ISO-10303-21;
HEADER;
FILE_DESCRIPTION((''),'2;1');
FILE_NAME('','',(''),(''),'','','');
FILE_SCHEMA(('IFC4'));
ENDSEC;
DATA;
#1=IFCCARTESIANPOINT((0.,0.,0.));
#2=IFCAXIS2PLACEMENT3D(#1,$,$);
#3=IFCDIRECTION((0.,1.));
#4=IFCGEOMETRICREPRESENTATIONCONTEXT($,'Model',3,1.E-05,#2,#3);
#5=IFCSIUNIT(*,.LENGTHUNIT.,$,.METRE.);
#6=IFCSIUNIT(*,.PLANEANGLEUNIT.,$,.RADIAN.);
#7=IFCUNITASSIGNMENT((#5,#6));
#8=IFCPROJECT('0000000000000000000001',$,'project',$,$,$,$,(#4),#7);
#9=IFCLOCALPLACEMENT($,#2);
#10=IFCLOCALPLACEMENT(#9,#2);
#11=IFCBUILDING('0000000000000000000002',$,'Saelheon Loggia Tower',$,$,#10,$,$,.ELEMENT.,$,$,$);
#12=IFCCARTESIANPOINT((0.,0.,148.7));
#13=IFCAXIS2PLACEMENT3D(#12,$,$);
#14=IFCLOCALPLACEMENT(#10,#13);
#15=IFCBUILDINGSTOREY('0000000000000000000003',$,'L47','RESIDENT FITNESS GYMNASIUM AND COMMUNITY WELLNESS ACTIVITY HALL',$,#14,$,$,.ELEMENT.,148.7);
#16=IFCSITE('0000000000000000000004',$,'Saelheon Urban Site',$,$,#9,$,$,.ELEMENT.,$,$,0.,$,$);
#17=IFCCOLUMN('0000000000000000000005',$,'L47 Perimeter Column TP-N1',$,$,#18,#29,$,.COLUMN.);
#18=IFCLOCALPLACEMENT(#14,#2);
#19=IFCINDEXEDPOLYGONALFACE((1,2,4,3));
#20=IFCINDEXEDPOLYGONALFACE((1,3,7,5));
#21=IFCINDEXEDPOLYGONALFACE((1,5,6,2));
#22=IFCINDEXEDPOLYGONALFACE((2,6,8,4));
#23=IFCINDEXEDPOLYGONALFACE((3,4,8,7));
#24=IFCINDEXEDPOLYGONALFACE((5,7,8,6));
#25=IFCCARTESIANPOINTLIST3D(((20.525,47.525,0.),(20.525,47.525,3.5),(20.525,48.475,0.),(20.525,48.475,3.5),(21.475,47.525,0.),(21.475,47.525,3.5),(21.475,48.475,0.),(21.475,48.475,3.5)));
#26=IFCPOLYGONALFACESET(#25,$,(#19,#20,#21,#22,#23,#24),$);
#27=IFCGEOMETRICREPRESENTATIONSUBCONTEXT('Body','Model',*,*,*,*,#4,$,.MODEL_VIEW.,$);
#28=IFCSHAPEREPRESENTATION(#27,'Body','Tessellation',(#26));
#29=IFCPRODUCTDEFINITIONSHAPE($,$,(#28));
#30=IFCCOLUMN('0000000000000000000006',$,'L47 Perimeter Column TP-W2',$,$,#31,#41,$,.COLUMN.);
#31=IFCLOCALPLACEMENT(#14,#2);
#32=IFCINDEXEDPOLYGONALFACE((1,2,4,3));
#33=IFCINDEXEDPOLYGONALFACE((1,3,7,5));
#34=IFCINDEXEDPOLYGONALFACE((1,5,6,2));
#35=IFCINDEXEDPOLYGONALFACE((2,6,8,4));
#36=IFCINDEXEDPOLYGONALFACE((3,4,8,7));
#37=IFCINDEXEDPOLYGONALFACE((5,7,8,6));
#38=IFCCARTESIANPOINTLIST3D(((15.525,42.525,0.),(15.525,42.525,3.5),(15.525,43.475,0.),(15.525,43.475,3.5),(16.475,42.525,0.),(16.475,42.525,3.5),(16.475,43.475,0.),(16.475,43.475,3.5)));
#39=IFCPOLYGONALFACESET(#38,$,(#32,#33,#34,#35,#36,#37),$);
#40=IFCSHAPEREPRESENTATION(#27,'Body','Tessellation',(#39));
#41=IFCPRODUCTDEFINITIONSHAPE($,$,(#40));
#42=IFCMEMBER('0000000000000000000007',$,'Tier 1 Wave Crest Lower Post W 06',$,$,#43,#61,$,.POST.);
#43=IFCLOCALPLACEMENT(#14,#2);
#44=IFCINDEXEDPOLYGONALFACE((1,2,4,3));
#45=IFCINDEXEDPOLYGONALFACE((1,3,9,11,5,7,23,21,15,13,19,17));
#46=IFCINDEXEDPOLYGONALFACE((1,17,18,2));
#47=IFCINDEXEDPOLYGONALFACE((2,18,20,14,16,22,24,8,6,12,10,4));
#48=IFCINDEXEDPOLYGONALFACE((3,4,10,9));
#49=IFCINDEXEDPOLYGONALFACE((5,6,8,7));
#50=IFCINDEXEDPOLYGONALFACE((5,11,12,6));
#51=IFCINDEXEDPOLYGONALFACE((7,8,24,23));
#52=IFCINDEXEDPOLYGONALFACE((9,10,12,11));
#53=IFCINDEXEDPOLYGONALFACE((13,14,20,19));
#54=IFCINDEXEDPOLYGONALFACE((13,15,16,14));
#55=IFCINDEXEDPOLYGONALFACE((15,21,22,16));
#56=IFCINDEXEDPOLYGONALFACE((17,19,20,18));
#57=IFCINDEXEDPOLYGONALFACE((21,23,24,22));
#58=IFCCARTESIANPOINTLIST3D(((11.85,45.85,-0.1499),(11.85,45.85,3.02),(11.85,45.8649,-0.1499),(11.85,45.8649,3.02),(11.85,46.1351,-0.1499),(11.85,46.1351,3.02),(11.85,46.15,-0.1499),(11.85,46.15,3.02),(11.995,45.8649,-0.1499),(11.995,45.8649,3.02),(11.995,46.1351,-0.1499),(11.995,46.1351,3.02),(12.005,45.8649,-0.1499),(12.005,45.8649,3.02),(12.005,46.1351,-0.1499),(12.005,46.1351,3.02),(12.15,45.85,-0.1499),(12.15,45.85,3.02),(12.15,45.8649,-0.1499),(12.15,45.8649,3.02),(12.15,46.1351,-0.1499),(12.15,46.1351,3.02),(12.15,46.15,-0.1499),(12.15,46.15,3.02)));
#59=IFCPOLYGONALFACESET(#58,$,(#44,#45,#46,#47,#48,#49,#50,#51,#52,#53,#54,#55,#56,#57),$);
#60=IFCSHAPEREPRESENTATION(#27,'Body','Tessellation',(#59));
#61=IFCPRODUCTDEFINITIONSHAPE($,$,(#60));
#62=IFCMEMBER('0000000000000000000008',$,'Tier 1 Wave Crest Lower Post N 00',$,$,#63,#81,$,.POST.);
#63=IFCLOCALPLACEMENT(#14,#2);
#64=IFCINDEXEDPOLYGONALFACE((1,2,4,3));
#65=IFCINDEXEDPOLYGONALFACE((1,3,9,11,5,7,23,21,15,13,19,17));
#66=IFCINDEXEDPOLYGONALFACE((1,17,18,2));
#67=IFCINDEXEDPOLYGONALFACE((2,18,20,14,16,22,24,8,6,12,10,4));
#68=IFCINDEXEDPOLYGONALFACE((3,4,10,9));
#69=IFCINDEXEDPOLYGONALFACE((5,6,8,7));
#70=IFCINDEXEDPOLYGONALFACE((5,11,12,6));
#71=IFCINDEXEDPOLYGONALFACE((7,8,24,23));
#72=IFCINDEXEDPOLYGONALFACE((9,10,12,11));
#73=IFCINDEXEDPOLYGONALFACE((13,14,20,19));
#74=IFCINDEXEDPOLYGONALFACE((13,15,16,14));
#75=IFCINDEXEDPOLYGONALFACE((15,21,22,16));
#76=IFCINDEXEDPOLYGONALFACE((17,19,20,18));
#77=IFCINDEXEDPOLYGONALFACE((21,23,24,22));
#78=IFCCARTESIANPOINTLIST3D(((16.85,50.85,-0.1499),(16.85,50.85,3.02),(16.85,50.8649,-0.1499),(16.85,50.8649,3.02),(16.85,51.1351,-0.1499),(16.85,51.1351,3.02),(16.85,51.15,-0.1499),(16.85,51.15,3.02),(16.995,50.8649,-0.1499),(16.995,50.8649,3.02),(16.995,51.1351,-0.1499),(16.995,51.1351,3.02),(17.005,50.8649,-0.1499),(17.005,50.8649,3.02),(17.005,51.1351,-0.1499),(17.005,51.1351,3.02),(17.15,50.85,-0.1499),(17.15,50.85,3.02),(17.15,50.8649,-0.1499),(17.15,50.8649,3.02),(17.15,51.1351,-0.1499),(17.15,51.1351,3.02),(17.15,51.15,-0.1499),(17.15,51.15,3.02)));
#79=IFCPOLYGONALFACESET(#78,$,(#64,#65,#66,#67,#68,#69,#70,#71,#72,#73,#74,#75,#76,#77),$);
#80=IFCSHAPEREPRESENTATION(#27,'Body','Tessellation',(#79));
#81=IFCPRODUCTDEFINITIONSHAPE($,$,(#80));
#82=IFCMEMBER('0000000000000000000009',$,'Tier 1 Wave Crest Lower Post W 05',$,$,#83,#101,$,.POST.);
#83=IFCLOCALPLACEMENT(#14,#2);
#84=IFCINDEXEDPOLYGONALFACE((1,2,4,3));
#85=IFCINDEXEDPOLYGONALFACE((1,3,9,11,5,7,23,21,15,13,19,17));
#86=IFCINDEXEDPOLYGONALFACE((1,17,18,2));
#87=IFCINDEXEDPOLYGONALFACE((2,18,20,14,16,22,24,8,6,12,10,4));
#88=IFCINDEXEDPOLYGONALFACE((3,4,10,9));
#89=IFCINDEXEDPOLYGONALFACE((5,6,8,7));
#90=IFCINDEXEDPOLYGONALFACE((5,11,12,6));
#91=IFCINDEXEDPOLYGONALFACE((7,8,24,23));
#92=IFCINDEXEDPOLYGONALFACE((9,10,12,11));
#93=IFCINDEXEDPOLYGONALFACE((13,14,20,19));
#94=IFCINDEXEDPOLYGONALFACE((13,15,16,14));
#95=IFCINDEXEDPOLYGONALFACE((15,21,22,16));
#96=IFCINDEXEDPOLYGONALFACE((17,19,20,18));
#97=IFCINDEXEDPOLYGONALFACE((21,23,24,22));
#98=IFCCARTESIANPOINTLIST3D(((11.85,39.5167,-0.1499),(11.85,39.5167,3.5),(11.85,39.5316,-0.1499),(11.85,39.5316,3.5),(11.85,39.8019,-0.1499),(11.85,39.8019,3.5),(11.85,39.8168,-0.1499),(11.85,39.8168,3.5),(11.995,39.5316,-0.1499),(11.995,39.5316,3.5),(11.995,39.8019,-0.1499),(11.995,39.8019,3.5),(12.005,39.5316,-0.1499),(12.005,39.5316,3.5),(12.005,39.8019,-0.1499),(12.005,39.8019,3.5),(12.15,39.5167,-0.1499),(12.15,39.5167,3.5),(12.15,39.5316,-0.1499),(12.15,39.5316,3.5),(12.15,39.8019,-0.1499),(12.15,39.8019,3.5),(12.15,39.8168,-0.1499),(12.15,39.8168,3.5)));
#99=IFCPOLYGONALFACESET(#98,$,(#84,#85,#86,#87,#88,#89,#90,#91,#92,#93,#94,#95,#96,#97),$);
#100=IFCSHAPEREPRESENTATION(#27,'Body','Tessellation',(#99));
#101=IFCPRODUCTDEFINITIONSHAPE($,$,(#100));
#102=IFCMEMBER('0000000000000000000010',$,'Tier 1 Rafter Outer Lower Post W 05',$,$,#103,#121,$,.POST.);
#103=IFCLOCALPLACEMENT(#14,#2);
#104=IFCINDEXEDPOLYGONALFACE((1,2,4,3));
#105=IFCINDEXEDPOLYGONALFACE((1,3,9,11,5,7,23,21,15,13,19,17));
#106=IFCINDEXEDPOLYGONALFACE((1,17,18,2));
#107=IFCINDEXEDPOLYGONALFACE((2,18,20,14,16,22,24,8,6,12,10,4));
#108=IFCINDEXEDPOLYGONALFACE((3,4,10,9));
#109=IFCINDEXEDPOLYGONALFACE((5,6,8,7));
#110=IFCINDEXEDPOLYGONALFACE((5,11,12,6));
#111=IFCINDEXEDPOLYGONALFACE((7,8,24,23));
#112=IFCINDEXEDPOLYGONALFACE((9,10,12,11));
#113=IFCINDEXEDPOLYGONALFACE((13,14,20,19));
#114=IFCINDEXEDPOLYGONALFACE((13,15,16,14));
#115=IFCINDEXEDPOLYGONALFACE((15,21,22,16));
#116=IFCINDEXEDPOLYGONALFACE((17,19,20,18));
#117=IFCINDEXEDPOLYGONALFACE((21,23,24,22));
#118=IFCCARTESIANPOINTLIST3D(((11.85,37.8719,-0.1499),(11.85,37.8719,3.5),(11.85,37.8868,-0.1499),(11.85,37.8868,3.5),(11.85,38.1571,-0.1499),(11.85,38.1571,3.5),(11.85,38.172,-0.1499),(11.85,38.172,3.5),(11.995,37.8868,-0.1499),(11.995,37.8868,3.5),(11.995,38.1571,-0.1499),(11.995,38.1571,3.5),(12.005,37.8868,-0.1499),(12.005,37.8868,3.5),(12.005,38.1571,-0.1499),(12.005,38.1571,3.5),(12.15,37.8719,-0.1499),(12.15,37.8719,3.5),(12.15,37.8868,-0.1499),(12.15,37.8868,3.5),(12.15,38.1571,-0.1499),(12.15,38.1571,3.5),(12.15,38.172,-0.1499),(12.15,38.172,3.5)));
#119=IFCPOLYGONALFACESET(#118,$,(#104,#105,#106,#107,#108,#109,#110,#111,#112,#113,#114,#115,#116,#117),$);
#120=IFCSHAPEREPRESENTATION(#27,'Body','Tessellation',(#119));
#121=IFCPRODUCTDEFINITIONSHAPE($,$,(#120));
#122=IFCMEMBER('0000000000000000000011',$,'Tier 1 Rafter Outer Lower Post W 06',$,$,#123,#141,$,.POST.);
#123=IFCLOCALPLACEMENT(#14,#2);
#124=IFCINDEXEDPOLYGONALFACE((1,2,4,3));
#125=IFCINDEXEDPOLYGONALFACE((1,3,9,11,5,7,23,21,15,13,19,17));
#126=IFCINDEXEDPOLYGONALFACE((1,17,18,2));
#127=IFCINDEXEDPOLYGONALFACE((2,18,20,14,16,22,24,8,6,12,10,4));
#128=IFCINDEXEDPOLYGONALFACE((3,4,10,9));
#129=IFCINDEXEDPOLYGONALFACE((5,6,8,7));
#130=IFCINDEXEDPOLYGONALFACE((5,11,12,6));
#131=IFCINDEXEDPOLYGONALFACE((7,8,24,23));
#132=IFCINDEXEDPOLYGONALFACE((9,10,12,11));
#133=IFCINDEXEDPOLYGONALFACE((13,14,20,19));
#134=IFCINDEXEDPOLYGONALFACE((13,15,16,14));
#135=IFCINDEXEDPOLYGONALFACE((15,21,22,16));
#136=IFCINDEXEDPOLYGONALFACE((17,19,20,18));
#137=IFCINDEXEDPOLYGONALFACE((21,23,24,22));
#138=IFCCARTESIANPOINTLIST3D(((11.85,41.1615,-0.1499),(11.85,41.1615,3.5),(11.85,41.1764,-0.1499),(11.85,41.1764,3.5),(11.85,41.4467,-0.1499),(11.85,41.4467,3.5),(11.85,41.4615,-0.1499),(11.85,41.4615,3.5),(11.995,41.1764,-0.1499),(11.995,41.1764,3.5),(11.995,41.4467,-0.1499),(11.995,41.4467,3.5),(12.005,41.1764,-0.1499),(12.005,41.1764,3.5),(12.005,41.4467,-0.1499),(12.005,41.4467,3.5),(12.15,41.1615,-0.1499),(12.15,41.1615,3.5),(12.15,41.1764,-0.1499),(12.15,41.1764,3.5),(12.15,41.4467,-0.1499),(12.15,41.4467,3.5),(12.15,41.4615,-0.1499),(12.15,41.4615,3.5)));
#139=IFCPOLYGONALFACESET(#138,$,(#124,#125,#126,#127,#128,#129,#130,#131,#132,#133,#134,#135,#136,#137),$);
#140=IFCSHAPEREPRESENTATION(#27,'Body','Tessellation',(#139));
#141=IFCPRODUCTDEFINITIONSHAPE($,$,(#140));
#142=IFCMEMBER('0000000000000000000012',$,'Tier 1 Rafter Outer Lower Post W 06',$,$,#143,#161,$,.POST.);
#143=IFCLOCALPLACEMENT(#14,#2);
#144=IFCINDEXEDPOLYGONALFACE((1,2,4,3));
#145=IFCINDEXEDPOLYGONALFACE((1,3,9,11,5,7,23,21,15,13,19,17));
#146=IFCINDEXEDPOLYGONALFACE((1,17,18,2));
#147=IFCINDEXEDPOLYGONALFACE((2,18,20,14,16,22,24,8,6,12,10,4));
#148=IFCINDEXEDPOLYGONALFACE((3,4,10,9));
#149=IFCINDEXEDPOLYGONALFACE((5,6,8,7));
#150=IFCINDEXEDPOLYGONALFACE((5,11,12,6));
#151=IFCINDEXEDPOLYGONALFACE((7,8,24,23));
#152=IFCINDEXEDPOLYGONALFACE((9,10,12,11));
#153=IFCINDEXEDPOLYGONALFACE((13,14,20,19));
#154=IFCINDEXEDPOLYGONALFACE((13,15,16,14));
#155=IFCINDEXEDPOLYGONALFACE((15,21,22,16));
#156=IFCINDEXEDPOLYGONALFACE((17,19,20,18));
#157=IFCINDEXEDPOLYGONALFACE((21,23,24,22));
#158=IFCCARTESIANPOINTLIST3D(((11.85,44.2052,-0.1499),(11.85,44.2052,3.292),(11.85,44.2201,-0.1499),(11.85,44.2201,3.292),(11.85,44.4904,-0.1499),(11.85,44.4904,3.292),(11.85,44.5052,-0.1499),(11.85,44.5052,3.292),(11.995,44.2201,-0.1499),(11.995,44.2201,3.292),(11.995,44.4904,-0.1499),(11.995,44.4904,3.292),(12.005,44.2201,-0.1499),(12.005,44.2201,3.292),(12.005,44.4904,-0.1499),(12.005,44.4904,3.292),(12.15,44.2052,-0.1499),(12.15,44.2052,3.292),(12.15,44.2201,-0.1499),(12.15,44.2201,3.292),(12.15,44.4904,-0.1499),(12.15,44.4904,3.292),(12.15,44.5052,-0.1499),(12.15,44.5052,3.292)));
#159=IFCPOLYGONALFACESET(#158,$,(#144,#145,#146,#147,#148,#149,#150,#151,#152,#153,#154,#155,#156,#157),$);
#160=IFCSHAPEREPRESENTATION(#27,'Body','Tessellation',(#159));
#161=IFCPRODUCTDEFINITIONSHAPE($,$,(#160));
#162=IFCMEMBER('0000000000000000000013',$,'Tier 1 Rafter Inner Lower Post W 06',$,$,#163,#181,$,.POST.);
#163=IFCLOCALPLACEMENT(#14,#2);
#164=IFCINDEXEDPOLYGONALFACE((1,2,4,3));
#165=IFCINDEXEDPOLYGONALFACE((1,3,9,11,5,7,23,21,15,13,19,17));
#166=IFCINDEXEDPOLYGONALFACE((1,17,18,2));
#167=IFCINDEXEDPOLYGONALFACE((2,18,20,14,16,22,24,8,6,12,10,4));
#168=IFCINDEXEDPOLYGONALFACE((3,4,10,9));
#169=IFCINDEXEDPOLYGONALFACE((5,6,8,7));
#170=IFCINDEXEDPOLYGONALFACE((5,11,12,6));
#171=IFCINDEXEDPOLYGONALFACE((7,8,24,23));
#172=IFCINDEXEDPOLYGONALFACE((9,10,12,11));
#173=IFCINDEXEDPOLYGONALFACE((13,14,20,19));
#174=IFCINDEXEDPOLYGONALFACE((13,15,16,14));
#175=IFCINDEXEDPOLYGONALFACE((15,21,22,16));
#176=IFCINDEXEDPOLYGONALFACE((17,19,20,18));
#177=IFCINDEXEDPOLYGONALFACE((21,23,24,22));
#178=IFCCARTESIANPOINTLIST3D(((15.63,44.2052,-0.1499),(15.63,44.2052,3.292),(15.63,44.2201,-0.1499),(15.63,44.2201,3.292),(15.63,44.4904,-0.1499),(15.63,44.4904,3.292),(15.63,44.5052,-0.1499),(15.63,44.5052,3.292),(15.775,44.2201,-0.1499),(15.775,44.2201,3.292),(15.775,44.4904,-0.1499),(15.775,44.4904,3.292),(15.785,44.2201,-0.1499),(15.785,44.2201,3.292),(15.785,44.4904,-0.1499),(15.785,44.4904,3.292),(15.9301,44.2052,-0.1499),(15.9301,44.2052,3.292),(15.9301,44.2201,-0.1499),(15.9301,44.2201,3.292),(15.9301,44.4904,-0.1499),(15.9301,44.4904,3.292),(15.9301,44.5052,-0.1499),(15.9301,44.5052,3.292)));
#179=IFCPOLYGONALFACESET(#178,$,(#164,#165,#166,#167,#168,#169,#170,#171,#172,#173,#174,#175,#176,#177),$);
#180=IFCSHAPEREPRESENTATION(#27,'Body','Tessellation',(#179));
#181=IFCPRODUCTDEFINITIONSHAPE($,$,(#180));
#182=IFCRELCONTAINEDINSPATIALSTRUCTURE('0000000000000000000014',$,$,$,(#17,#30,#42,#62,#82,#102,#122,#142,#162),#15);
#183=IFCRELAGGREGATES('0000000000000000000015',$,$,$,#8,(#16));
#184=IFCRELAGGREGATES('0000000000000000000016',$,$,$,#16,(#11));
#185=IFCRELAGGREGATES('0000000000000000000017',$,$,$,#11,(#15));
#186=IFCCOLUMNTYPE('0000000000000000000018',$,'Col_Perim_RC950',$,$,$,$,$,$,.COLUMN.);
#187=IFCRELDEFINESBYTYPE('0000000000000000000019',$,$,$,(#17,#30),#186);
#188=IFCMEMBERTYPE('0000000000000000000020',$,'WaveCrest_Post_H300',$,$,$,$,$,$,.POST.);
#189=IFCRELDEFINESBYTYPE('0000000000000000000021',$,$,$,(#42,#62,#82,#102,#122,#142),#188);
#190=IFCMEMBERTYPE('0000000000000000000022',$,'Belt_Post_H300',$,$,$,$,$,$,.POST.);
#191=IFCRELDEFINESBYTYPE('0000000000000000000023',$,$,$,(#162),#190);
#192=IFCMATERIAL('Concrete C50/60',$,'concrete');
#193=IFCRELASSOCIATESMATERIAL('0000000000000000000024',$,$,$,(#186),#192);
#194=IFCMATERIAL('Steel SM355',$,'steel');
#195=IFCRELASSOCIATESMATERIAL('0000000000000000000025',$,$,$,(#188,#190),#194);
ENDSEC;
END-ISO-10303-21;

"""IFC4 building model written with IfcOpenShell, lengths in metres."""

from ifc_helpers import new_model, si_unit, direction, frame, origin, origin_2d, place, context, subcontext, project, spatial, rectangle, i_section, extrude, source, transform, mapped, material, material_profile, profile_set, type_object, element, save


model = new_model("IFC4")

# Units and contexts
model_context = context("Model", 3, precision=1e-05, world=origin(), true_north=direction((0.0, 1.0)))
body_context = subcontext(model_context, "Body", "Model", "MODEL_VIEW")
ifc_project = project(units=[si_unit("LENGTHUNIT", "METRE"), si_unit("PLANEANGLEUNIT", "RADIAN")], contexts=[model_context])

# Site, building, storey
site_placement = place(None, origin())
site = spatial("IfcSite", under=ifc_project, at=site_placement, Name="Saelheon Urban Site", CompositionType="ELEMENT", RefElevation=0.0)
building_placement = place(site_placement, origin())
building = spatial("IfcBuilding", under=site, at=building_placement, Name="Saelheon Loggia Tower", CompositionType="ELEMENT")
storey_placement = place(building_placement, frame((0.0, 0.0, 148.7)))
storey = spatial("IfcBuildingStorey", under=building, at=storey_placement, Name="L47", Description="RESIDENT FITNESS GYMNASIUM AND COMMUNITY WELLNESS ACTIVITY HALL", CompositionType="ELEMENT", Elevation=148.7)

# Columns
ifc_material_1 = material(Name="Concrete C50/60", Category="concrete")
ifc_material_profile_1 = material_profile(ifc_material_1, rectangle(XDim=0.95, YDim=0.95, at=origin_2d()), Name="RC-950x950")
ifc_profile_set_1 = profile_set([ifc_material_profile_1], Name="Concrete C50/60")
column_type = type_object("IfcColumnType", Name="Col_Perim_RC950", PredefinedType="COLUMN", material=ifc_profile_set_1)
shared_shape_1 = source(origin(), body_context, "Body", "SweptSolid", [
    extrude(rectangle(XDim=0.95, YDim=0.95, at=origin_2d()), origin(), (0.0, 0.0, 1.0), 3.5),
])
for number, where, z_axis, x_axis, name in (
    (1, (21.0, 48.0, 0.0), (0.0, 0.0, 1.0), (1.0, 0.0, 0.0), "L47 Perimeter Column TP-N1"),
    (2, (16.0, 43.0, 0.0), (0.0, 0.0, 1.0), (1.0, 0.0, 0.0), "L47 Perimeter Column TP-W2"),
):
    element("IfcColumn", number, at=place(storey_placement, frame(where, z_axis=z_axis, x_axis=x_axis)), inside=storey, type_object=column_type, Name=name, PredefinedType="COLUMN", context=body_context, shape_type="MappedRepresentation", body=[
        mapped(shared_shape_1, transform((0.0, 0.0, 0.0), scale=1.0)),
    ])

# Members
ifc_material_2 = material(Name="Steel SM355", Category="steel")
ifc_material_profile_2 = material_profile(ifc_material_2, i_section(OverallWidth=0.3, OverallDepth=0.3, WebThickness=0.01, FlangeThickness=0.0149, at=origin_2d()), Name="H-300x300x10x15")
ifc_profile_set_2 = profile_set([ifc_material_profile_2], Name="Steel SM355")
member_type_1 = type_object("IfcMemberType", Name="WaveCrest_Post_H300", PredefinedType="POST", material=ifc_profile_set_2)
shared_shape_2 = source(origin(), body_context, "Body", "SweptSolid", [
    extrude(i_section(OverallWidth=0.3, OverallDepth=0.3, WebThickness=0.01, FlangeThickness=0.0149, at=origin_2d()), origin(), (0.0, 0.0, 1.0), 3.1699),
])
for number, where, z_axis, x_axis, name in (
    (3, (12.0, 46.0, -0.1499), (0.0, 0.0, 1.0), (1.0, 0.0, 0.0), "Tier 1 Wave Crest Lower Post W 06"),
    (4, (17.0, 51.0, -0.1499), (0.0, 0.0, 1.0), (1.0, 0.0, 0.0), "Tier 1 Wave Crest Lower Post N 00"),
):
    element("IfcMember", number, at=place(storey_placement, frame(where, z_axis=z_axis, x_axis=x_axis)), inside=storey, type_object=member_type_1, Name=name, PredefinedType="POST", context=body_context, shape_type="MappedRepresentation", body=[
        mapped(shared_shape_2, transform((0.0, 0.0, 0.0), scale=1.0)),
    ])
shared_shape_3 = source(origin(), body_context, "Body", "SweptSolid", [
    extrude(i_section(OverallWidth=0.3, OverallDepth=0.3, WebThickness=0.01, FlangeThickness=0.0149, at=origin_2d()), origin(), (0.0, 0.0, 1.0), 3.6499),
])
for number, where, z_axis, x_axis, name in (
    (5, (12.0, 39.6667, -0.1499), (0.0, 0.0, 1.0), (1.0, 0.0, 0.0), "Tier 1 Wave Crest Lower Post W 05"),
    (6, (12.0, 38.022, -0.1499), (0.0, 0.0, 1.0), (1.0, 0.0, 0.0), "Tier 1 Rafter Outer Lower Post W 05"),
    (7, (12.0, 41.3115, -0.1499), (0.0, 0.0, 1.0), (1.0, 0.0, 0.0), "Tier 1 Rafter Outer Lower Post W 06"),
):
    element("IfcMember", number, at=place(storey_placement, frame(where, z_axis=z_axis, x_axis=x_axis)), inside=storey, type_object=member_type_1, Name=name, PredefinedType="POST", context=body_context, shape_type="MappedRepresentation", body=[
        mapped(shared_shape_3, transform((0.0, 0.0, 0.0), scale=1.0)),
    ])
shared_shape_4 = source(origin(), body_context, "Body", "SweptSolid", [
    extrude(i_section(OverallWidth=0.3, OverallDepth=0.3, WebThickness=0.01, FlangeThickness=0.0149, at=origin_2d()), origin(), (0.0, 0.0, 1.0), 3.4419),
])
member_1_placement = place(storey_placement, frame((12.0, 44.3552, -0.1499), z_axis=(0.0, 0.0, 1.0), x_axis=(1.0, 0.0, 0.0)))
element("IfcMember", 8, at=member_1_placement, inside=storey, type_object=member_type_1, Name="Tier 1 Rafter Outer Lower Post W 06", PredefinedType="POST", context=body_context, shape_type="MappedRepresentation", body=[
    mapped(shared_shape_4, transform((0.0, 0.0, 0.0), scale=1.0)),
])
ifc_material_profile_3 = material_profile(ifc_material_2, i_section(OverallWidth=0.3, OverallDepth=0.3, WebThickness=0.01, FlangeThickness=0.0149, at=origin_2d()), Name="H-300x300x10x15")
ifc_profile_set_3 = profile_set([ifc_material_profile_3], Name="Steel SM355")
member_type_2 = type_object("IfcMemberType", Name="Belt_Post_H300", PredefinedType="POST", material=ifc_profile_set_3)
member_2_placement = place(storey_placement, frame((15.78, 44.3552, -0.1499), z_axis=(0.0, 0.0, 1.0), x_axis=(1.0, 0.0, 0.0)))
element("IfcMember", 9, at=member_2_placement, inside=storey, type_object=member_type_2, Name="Tier 1 Rafter Inner Lower Post W 06", PredefinedType="POST", context=body_context, shape_type="MappedRepresentation", body=[
    mapped(shared_shape_4, transform((0.0, 0.0, 0.0), scale=1.0)),
])

save(model, "model.ifc")
